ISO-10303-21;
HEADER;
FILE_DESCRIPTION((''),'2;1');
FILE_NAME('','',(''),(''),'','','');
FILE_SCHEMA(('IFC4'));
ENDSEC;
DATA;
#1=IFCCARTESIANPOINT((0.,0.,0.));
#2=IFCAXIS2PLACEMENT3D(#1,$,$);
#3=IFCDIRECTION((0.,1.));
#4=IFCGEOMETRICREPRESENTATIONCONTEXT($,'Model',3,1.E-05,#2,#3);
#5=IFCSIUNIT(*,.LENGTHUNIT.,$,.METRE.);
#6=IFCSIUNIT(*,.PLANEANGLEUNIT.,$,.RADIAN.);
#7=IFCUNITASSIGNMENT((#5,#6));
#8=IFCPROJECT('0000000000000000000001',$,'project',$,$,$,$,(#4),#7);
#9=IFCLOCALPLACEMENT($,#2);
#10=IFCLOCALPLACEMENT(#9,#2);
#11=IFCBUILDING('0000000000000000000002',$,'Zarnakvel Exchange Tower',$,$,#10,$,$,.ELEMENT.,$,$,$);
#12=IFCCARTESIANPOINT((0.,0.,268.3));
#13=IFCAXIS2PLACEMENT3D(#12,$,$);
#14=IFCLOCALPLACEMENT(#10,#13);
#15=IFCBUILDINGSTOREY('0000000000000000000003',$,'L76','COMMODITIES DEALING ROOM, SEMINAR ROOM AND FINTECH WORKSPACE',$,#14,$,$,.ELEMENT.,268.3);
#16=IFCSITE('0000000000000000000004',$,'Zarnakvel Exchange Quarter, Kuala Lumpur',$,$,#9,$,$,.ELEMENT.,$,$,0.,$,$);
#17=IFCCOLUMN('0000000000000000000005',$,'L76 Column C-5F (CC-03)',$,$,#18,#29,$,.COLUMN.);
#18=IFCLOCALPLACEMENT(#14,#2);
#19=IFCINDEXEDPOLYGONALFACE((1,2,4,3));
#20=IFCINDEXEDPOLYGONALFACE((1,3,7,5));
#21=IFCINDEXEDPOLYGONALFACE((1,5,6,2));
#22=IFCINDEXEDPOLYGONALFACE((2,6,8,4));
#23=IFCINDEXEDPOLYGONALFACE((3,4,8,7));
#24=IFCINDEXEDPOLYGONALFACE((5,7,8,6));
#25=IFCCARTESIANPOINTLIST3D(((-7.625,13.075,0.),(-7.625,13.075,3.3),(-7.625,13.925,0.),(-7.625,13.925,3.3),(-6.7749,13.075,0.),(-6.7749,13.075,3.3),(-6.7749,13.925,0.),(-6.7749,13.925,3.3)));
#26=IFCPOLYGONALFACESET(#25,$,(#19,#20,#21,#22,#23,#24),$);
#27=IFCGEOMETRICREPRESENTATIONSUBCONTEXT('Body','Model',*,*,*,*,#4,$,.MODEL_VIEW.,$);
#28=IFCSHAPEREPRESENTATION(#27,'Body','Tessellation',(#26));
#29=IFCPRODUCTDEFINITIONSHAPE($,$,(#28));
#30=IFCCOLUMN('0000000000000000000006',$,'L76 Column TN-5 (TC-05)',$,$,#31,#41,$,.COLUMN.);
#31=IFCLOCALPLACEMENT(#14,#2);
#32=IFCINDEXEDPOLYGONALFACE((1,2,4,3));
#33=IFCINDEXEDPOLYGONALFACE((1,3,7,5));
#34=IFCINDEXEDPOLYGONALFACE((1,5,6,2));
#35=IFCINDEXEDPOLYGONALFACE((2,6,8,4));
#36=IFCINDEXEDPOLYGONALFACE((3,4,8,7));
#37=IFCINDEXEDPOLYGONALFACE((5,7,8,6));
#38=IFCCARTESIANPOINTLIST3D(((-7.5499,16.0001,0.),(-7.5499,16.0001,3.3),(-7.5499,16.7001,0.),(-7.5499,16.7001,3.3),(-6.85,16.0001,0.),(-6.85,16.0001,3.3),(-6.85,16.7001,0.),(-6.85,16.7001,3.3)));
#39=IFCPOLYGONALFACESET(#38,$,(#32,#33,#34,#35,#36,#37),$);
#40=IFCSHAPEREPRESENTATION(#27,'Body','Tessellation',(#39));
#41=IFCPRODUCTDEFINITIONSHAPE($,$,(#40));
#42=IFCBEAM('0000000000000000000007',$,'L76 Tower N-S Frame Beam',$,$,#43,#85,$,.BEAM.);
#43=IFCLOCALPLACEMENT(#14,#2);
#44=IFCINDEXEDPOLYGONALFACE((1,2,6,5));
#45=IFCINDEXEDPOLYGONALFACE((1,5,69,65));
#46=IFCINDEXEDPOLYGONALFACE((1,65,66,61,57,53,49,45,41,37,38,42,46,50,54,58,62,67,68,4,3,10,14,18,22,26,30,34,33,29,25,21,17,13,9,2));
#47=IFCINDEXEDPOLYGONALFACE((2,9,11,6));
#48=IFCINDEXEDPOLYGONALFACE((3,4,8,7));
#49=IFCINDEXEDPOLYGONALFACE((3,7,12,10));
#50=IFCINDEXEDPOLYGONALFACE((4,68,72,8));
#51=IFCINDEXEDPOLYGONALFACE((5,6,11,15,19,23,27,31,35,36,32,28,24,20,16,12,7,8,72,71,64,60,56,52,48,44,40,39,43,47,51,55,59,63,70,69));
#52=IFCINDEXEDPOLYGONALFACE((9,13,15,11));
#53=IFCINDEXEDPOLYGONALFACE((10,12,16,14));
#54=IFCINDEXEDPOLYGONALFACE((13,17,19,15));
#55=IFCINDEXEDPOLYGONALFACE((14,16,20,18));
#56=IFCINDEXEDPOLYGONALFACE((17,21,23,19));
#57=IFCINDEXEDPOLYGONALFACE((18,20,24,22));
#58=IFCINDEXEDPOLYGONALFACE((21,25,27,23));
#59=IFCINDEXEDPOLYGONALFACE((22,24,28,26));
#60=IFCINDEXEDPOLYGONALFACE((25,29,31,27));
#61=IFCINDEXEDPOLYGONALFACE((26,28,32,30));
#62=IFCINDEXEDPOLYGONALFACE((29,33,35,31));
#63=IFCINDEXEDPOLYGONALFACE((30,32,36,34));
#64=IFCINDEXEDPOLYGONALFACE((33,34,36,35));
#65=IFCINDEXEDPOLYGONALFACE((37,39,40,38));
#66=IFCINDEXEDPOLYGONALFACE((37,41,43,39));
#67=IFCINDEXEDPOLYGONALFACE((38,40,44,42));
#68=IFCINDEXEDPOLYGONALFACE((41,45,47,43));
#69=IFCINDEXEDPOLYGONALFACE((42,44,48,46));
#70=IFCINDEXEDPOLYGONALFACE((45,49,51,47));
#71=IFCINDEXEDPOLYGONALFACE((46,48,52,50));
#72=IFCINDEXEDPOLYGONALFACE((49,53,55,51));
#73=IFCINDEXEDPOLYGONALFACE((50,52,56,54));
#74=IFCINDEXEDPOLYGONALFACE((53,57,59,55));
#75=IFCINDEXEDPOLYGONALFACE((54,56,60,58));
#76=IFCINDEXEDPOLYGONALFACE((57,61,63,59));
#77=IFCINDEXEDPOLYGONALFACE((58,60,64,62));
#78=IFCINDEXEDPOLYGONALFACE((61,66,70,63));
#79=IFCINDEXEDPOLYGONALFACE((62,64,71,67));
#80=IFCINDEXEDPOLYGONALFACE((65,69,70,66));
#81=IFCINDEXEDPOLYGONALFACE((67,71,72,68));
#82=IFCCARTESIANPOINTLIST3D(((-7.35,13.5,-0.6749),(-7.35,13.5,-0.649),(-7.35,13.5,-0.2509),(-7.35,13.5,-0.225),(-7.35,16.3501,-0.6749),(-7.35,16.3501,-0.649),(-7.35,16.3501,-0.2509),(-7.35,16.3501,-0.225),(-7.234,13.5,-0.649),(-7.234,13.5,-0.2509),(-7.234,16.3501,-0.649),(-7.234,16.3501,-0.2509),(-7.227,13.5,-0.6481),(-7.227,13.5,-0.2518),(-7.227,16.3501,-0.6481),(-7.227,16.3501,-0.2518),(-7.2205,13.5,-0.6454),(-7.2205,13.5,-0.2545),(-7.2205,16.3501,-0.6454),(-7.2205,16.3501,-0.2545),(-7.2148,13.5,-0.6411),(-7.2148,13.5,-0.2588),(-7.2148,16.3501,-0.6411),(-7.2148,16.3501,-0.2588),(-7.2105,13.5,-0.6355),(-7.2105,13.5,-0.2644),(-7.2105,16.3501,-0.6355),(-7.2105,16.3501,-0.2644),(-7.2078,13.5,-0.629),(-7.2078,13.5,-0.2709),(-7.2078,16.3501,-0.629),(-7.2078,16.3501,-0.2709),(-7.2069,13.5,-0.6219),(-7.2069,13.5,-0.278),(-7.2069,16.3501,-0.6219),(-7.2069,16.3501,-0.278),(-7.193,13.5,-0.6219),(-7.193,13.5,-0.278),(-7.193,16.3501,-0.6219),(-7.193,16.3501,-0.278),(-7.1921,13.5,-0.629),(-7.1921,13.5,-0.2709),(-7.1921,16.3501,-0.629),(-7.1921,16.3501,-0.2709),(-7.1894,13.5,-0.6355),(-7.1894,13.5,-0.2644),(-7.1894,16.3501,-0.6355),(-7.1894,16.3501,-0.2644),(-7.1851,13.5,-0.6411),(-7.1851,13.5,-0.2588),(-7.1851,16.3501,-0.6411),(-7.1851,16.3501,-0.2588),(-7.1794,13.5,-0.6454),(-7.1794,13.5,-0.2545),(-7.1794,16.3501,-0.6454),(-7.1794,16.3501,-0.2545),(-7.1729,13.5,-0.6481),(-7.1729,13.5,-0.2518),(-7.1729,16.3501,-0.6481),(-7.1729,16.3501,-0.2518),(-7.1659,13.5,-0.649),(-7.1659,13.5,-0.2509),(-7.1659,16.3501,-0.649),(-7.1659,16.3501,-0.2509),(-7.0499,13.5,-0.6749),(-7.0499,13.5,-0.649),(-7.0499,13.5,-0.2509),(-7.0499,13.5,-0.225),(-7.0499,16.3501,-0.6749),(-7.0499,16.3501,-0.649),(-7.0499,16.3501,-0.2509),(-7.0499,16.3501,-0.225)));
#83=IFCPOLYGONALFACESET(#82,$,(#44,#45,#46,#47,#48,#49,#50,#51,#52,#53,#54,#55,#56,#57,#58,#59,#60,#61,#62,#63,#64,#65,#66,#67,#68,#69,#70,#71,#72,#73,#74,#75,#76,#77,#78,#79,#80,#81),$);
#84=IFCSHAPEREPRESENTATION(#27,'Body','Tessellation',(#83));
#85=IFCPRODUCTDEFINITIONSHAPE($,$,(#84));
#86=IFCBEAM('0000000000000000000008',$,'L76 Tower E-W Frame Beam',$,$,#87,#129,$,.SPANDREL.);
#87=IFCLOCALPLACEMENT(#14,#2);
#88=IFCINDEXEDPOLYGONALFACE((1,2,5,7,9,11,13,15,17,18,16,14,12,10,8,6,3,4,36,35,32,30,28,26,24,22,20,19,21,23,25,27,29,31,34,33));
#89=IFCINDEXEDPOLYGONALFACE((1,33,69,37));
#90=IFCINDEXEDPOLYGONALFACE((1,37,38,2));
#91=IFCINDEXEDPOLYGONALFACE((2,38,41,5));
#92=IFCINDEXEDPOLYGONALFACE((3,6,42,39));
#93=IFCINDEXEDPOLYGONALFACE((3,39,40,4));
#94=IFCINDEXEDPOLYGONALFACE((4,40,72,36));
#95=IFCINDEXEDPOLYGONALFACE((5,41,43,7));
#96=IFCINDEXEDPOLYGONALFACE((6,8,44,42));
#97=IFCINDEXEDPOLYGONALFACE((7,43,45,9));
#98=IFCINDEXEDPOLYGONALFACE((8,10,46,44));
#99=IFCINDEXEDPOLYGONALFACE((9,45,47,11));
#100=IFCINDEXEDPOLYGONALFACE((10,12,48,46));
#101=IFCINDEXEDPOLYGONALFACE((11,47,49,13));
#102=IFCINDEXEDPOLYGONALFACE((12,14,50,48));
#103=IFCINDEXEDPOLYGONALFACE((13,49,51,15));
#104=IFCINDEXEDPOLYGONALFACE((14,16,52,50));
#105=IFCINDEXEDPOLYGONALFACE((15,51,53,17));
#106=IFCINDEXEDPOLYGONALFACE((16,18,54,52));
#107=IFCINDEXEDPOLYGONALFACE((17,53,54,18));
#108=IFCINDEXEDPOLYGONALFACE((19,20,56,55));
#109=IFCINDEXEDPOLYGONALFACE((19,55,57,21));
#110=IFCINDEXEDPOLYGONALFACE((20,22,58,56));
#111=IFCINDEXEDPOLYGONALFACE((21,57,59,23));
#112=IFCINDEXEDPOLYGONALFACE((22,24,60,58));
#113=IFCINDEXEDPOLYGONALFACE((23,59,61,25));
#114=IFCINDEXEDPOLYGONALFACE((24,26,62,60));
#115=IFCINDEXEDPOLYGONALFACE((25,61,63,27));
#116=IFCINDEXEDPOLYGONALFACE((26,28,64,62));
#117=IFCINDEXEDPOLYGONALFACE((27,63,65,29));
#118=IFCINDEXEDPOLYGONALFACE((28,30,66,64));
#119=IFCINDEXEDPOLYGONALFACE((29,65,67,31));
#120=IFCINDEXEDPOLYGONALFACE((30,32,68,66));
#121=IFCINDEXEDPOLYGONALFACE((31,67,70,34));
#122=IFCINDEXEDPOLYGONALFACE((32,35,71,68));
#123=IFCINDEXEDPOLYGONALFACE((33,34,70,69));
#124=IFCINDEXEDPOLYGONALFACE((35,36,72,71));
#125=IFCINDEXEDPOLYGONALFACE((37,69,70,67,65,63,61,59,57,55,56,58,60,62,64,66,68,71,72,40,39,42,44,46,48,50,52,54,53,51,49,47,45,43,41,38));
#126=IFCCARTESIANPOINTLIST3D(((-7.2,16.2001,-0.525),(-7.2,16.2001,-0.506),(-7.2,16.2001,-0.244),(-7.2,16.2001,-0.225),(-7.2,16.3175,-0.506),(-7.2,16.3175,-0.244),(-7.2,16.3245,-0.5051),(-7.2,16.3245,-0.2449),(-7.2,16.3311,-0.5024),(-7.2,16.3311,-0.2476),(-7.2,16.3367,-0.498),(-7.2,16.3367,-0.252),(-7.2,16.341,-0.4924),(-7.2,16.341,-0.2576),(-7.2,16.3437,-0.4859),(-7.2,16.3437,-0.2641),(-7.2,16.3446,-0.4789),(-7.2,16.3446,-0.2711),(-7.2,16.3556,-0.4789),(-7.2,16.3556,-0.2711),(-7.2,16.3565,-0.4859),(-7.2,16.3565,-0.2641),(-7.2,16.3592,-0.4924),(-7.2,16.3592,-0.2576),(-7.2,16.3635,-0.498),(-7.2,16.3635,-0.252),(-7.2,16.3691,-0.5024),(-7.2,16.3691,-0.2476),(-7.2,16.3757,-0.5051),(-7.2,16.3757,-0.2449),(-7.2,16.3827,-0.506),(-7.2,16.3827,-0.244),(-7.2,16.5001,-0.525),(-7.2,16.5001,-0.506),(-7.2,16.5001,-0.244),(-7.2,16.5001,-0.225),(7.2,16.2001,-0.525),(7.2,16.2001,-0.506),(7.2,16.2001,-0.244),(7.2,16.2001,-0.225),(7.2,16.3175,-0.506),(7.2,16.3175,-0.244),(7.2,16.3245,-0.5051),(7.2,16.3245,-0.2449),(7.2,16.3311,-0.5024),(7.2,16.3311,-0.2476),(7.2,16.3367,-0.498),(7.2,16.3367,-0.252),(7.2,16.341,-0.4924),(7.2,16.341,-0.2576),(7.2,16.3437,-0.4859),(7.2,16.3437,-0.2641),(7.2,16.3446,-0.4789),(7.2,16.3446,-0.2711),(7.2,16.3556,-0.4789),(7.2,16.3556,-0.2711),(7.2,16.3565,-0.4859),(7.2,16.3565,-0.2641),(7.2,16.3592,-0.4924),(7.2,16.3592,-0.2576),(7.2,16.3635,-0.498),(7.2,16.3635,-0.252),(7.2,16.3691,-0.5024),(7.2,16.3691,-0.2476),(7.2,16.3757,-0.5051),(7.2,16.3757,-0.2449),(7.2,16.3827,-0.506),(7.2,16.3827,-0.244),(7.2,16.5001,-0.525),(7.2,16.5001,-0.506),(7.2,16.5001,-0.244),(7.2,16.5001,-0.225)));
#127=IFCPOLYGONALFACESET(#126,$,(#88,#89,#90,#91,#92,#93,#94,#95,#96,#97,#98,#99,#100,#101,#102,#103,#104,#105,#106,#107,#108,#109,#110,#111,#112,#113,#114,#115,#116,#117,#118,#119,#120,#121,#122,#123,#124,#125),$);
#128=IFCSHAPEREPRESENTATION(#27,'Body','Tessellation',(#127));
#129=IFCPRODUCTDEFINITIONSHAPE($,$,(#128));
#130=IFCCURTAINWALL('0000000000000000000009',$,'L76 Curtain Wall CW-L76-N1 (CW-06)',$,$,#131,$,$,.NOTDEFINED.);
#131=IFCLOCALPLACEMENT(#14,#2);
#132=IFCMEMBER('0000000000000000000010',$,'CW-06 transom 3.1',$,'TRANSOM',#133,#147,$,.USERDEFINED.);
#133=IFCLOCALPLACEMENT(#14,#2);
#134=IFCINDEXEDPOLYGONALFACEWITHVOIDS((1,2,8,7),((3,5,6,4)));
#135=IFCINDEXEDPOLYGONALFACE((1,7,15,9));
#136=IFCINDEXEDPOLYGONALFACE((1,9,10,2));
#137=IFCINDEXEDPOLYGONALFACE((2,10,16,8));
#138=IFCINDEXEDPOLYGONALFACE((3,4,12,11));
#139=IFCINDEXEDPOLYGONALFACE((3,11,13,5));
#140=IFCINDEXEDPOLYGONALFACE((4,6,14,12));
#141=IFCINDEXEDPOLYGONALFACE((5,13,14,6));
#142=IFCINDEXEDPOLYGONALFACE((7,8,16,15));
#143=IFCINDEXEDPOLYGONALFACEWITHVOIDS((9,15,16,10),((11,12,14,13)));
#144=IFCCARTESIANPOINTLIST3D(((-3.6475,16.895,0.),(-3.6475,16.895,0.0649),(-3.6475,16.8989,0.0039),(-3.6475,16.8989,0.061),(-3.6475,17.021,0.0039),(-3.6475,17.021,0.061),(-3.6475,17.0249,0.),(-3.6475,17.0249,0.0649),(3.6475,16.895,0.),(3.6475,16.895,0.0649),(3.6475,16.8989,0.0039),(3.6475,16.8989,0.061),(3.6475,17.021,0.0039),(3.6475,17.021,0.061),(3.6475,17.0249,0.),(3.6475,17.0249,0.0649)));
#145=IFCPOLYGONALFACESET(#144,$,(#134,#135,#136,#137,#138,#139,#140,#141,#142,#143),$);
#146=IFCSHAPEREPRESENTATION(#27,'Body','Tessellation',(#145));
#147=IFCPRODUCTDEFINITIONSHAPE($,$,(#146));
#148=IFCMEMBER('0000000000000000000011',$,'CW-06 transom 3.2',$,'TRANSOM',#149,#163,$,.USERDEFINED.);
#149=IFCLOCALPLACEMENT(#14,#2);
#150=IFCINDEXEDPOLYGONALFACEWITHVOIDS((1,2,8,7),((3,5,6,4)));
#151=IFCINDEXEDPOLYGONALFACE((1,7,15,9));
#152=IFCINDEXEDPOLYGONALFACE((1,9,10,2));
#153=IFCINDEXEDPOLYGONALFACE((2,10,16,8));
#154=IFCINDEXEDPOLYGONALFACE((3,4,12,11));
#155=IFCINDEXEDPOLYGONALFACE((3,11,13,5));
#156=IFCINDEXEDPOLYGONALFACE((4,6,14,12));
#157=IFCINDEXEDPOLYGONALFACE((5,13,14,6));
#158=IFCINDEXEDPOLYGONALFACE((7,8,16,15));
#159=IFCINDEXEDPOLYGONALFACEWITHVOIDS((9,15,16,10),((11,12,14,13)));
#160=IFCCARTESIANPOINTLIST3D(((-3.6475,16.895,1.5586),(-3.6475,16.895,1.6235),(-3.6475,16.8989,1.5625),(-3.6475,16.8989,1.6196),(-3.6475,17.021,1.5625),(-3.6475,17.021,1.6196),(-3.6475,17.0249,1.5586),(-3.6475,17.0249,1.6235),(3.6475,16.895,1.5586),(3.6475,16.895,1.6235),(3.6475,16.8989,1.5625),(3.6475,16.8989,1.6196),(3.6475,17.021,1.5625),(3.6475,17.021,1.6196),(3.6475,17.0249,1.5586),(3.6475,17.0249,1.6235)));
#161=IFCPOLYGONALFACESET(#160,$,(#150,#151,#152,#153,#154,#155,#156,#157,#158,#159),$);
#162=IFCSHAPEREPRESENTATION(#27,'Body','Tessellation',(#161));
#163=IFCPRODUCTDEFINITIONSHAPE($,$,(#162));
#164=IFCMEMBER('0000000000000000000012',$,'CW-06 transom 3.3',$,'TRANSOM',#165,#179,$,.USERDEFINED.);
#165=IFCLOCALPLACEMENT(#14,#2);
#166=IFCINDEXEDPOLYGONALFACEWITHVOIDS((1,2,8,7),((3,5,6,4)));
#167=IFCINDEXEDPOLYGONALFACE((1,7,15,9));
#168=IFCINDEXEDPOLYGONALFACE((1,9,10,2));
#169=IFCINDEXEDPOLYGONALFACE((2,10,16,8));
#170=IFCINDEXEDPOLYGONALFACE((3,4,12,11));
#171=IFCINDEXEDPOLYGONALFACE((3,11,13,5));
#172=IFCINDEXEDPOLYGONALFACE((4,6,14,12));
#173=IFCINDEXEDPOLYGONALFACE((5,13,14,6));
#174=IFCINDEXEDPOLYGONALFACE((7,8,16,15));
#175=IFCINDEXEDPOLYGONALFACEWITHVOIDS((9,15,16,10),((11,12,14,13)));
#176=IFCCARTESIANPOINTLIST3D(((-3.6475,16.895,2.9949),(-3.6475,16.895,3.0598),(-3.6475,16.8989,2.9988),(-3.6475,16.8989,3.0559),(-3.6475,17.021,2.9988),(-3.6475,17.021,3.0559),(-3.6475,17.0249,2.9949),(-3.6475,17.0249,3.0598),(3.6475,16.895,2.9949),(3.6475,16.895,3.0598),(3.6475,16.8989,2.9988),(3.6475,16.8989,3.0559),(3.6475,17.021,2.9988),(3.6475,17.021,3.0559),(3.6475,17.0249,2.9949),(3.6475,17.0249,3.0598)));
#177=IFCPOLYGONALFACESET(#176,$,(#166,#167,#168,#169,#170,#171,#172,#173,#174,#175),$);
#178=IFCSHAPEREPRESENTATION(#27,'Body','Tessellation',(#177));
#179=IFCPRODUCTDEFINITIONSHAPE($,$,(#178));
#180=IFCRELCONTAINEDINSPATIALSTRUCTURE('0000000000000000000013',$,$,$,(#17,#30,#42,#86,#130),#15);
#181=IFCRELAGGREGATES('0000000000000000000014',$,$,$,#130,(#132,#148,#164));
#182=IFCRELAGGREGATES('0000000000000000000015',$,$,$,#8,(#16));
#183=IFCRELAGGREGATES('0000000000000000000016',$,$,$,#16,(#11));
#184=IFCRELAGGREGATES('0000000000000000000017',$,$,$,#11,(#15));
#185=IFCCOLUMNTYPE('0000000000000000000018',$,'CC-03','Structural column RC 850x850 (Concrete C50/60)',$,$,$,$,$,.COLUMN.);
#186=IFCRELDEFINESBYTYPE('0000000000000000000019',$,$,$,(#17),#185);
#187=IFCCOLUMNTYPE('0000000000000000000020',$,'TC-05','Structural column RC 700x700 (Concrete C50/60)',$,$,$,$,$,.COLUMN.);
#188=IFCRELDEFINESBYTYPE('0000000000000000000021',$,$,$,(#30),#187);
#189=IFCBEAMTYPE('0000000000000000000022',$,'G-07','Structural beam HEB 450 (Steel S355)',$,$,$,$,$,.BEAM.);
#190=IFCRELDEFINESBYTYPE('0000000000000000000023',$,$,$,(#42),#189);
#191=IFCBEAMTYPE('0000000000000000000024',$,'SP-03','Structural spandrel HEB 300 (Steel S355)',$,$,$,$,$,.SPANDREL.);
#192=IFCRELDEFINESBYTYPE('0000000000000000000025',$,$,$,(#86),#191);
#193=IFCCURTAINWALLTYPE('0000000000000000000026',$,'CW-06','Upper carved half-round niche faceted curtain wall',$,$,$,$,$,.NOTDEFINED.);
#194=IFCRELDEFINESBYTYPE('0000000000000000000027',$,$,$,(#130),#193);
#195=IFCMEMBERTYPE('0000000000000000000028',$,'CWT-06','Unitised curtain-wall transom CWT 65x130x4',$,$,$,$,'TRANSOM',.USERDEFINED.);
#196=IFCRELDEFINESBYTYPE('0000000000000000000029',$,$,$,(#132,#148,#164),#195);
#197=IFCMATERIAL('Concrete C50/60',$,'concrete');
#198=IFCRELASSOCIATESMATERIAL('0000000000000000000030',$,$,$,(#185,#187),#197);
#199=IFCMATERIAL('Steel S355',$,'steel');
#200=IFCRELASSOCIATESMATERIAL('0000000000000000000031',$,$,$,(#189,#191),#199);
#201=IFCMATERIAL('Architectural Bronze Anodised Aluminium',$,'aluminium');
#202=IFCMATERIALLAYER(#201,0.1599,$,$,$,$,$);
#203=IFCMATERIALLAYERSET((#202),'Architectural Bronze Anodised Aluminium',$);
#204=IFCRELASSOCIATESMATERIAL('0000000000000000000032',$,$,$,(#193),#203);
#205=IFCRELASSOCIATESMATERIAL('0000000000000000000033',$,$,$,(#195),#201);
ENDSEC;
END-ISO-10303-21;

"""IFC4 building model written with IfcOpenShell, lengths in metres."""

from ifc_helpers import new_model, si_unit, direction, frame, origin, origin_2d, place, context, subcontext, project, spatial, rectangle, hollow_rectangle, i_section, extrude, source, transform, mapped, material, layer, layer_set, material_profile, profile_set, type_object, element, aggregate, save


model = new_model("IFC4")

# Units and contexts
model_context = context("Model", 3, precision=1e-05, world=origin(), true_north=direction((0.0, 1.0)))
body_context = subcontext(model_context, "Body", "Model", "MODEL_VIEW")
ifc_project = project(units=[si_unit("LENGTHUNIT", "METRE"), si_unit("PLANEANGLEUNIT", "RADIAN")], contexts=[model_context])

# Site, building, storey
site_placement = place(None, origin())
site = spatial("IfcSite", under=ifc_project, at=site_placement, Name="Zarnakvel Exchange Quarter, Kuala Lumpur", CompositionType="ELEMENT", RefElevation=0.0)
building_placement = place(site_placement, origin())
building = spatial("IfcBuilding", under=site, at=building_placement, Name="Zarnakvel Exchange Tower", CompositionType="ELEMENT")
storey_placement = place(building_placement, frame((0.0, 0.0, 268.3)))
storey = spatial("IfcBuildingStorey", under=building, at=storey_placement, Name="L76", Description="COMMODITIES DEALING ROOM, SEMINAR ROOM AND FINTECH WORKSPACE", CompositionType="ELEMENT", Elevation=268.3)

# Columns
ifc_material_1 = material(Name="Concrete C50/60", Category="concrete")
ifc_material_profile_1 = material_profile(ifc_material_1, rectangle(XDim=0.8501, YDim=0.8501, at=origin_2d()))
ifc_profile_set_1 = profile_set([ifc_material_profile_1], Name="Concrete C50/60")
column_type_1 = type_object("IfcColumnType", Name="CC-03", Description="Structural column RC 850x850 (Concrete C50/60)", PredefinedType="COLUMN", material=ifc_profile_set_1)
column_1_placement = place(storey_placement, frame((-7.2, 13.5, 0.0), z_axis=(0.0, 0.0, 1.0), x_axis=(1.0, 0.0, 0.0)))
element("IfcColumn", 1, at=column_1_placement, inside=storey, type_object=column_type_1, Name="L76 Column C-5F (CC-03)", PredefinedType="COLUMN", context=body_context, shape_type="SweptSolid", body=[
    extrude(rectangle(XDim=0.8501, YDim=0.8501, at=origin_2d()), origin(), (0.0, 0.0, 1.0), 3.3),
])
ifc_material_profile_2 = material_profile(ifc_material_1, rectangle(XDim=0.7, YDim=0.7, at=origin_2d()))
ifc_profile_set_2 = profile_set([ifc_material_profile_2], Name="Concrete C50/60")
column_type_2 = type_object("IfcColumnType", Name="TC-05", Description="Structural column RC 700x700 (Concrete C50/60)", PredefinedType="COLUMN", material=ifc_profile_set_2)
column_2_placement = place(storey_placement, frame((-7.2, 16.3501, 0.0), z_axis=(0.0, 0.0, 1.0), x_axis=(1.0, 0.0, 0.0)))
element("IfcColumn", 2, at=column_2_placement, inside=storey, type_object=column_type_2, Name="L76 Column TN-5 (TC-05)", PredefinedType="COLUMN", context=body_context, shape_type="SweptSolid", body=[
    extrude(rectangle(XDim=0.7, YDim=0.7, at=origin_2d()), origin(), (0.0, 0.0, 1.0), 3.3),
])

# Beams
ifc_material_2 = material(Name="Steel S355", Category="steel")
ifc_material_profile_3 = material_profile(ifc_material_2, i_section(OverallWidth=0.3, OverallDepth=0.45, WebThickness=0.0139, FlangeThickness=0.0259, FilletRadius=0.0271, at=origin_2d()))
ifc_profile_set_3 = profile_set([ifc_material_profile_3], Name="Steel S355")
beam_type_1 = type_object("IfcBeamType", Name="G-07", Description="Structural beam HEB 450 (Steel S355)", PredefinedType="BEAM", material=ifc_profile_set_3)
beam_1_placement = place(storey_placement, frame((-7.2, 13.5, -0.45), z_axis=(0.0, 1.0, 0.0), x_axis=(-1.0, 0.0, 0.0)))
element("IfcBeam", 3, at=beam_1_placement, inside=storey, type_object=beam_type_1, Name="L76 Tower N-S Frame Beam", PredefinedType="BEAM", context=body_context, shape_type="SweptSolid", body=[
    extrude(i_section(OverallWidth=0.3, OverallDepth=0.45, WebThickness=0.0139, FlangeThickness=0.0259, FilletRadius=0.0271, at=origin_2d()), origin(), (0.0, 0.0, 1.0), 2.8501),
])
ifc_material_profile_4 = material_profile(ifc_material_2, i_section(OverallWidth=0.3, OverallDepth=0.3, WebThickness=0.011, FlangeThickness=0.019, FilletRadius=0.0271, at=origin_2d()))
ifc_profile_set_4 = profile_set([ifc_material_profile_4], Name="Steel S355")
beam_type_2 = type_object("IfcBeamType", Name="SP-03", Description="Structural spandrel HEB 300 (Steel S355)", PredefinedType="SPANDREL", material=ifc_profile_set_4)
beam_2_placement = place(storey_placement, frame((-7.2, 16.3501, -0.375), z_axis=(1.0, 0.0, 0.0), x_axis=(0.0, 1.0, 0.0)))
element("IfcBeam", 4, at=beam_2_placement, inside=storey, type_object=beam_type_2, Name="L76 Tower E-W Frame Beam", PredefinedType="SPANDREL", context=body_context, shape_type="SweptSolid", body=[
    extrude(i_section(OverallWidth=0.3, OverallDepth=0.3, WebThickness=0.011, FlangeThickness=0.019, FilletRadius=0.0271, at=origin_2d()), origin(), (0.0, 0.0, 1.0), 14.3999),
])

# Curtain wall, members
ifc_material_3 = material(Name="Architectural Bronze Anodised Aluminium", Category="aluminium")
ifc_layer_1 = layer(ifc_material_3, 0.1599)
ifc_layer_set_1 = layer_set([ifc_layer_1], Name="Architectural Bronze Anodised Aluminium")
curtain_wall_type = type_object("IfcCurtainWallType", Name="CW-06", Description="Upper carved half-round niche faceted curtain wall", PredefinedType="NOTDEFINED", material=ifc_layer_set_1)
curtain_wall_placement = place(storey_placement, origin())
curtain_wall = element("IfcCurtainWall", 5, at=curtain_wall_placement, inside=storey, type_object=curtain_wall_type, Name="L76 Curtain Wall CW-L76-N1 (CW-06)", PredefinedType="NOTDEFINED")
ifc_material_profile_5 = material_profile(ifc_material_3, hollow_rectangle(XDim=0.1299, YDim=0.0649, WallThickness=0.0039, at=origin_2d()))
ifc_profile_set_5 = profile_set([ifc_material_profile_5], Name="Architectural Bronze Anodised Aluminium")
member_type_1 = type_object("IfcMemberType", Name="CWT-06", Description="Unitised curtain-wall transom CWT 65x130x4", ElementType="TRANSOM", PredefinedType="USERDEFINED", material=ifc_profile_set_5)
shared_shape_1 = source(origin(), body_context, "Body", "SweptSolid", [
    extrude(hollow_rectangle(XDim=0.1299, YDim=0.0649, WallThickness=0.0039, at=origin_2d()), origin(), (0.0, 0.0, 1.0), 7.2949),
])
member_1_placement = place(storey_placement, frame((-3.6475, 16.96, 0.0325), z_axis=(1.0, 0.0, 0.0), x_axis=(0.0, 1.0, 0.0)))
member_1 = element("IfcMember", 6, at=member_1_placement, type_object=member_type_1, Name="CW-06 transom 3.1", ObjectType="TRANSOM", PredefinedType="USERDEFINED", context=body_context, shape_type="MappedRepresentation", body=[
    mapped(shared_shape_1, transform((0.0, 0.0, 0.0), x_axis=(1.0, 0.0, 0.0), y_axis=(0.0, 1.0, 0.0), z_axis=(0.0, 0.0, 1.0), scale=1.0)),
])
member_2_placement = place(storey_placement, frame((-3.6475, 16.96, 1.5911), z_axis=(1.0, 0.0, 0.0), x_axis=(0.0, 1.0, 0.0)))
member_2 = element("IfcMember", 7, at=member_2_placement, type_object=member_type_1, Name="CW-06 transom 3.2", ObjectType="TRANSOM", PredefinedType="USERDEFINED", context=body_context, shape_type="MappedRepresentation", body=[
    mapped(shared_shape_1, transform((0.0, 0.0, 0.0), x_axis=(1.0, 0.0, 0.0), y_axis=(0.0, 1.0, 0.0), z_axis=(0.0, 0.0, 1.0), scale=1.0)),
])
member_3_placement = place(storey_placement, frame((-3.6475, 16.96, 3.0273), z_axis=(1.0, 0.0, 0.0), x_axis=(0.0, 1.0, 0.0)))
member_3 = element("IfcMember", 8, at=member_3_placement, type_object=member_type_1, Name="CW-06 transom 3.3", ObjectType="TRANSOM", PredefinedType="USERDEFINED", context=body_context, shape_type="MappedRepresentation", body=[
    mapped(shared_shape_1, transform((0.0, 0.0, 0.0), x_axis=(1.0, 0.0, 0.0), y_axis=(0.0, 1.0, 0.0), z_axis=(0.0, 0.0, 1.0), scale=1.0)),
])
aggregate(curtain_wall, [member_1, member_2, member_3])

save(model, "model.ifc")
